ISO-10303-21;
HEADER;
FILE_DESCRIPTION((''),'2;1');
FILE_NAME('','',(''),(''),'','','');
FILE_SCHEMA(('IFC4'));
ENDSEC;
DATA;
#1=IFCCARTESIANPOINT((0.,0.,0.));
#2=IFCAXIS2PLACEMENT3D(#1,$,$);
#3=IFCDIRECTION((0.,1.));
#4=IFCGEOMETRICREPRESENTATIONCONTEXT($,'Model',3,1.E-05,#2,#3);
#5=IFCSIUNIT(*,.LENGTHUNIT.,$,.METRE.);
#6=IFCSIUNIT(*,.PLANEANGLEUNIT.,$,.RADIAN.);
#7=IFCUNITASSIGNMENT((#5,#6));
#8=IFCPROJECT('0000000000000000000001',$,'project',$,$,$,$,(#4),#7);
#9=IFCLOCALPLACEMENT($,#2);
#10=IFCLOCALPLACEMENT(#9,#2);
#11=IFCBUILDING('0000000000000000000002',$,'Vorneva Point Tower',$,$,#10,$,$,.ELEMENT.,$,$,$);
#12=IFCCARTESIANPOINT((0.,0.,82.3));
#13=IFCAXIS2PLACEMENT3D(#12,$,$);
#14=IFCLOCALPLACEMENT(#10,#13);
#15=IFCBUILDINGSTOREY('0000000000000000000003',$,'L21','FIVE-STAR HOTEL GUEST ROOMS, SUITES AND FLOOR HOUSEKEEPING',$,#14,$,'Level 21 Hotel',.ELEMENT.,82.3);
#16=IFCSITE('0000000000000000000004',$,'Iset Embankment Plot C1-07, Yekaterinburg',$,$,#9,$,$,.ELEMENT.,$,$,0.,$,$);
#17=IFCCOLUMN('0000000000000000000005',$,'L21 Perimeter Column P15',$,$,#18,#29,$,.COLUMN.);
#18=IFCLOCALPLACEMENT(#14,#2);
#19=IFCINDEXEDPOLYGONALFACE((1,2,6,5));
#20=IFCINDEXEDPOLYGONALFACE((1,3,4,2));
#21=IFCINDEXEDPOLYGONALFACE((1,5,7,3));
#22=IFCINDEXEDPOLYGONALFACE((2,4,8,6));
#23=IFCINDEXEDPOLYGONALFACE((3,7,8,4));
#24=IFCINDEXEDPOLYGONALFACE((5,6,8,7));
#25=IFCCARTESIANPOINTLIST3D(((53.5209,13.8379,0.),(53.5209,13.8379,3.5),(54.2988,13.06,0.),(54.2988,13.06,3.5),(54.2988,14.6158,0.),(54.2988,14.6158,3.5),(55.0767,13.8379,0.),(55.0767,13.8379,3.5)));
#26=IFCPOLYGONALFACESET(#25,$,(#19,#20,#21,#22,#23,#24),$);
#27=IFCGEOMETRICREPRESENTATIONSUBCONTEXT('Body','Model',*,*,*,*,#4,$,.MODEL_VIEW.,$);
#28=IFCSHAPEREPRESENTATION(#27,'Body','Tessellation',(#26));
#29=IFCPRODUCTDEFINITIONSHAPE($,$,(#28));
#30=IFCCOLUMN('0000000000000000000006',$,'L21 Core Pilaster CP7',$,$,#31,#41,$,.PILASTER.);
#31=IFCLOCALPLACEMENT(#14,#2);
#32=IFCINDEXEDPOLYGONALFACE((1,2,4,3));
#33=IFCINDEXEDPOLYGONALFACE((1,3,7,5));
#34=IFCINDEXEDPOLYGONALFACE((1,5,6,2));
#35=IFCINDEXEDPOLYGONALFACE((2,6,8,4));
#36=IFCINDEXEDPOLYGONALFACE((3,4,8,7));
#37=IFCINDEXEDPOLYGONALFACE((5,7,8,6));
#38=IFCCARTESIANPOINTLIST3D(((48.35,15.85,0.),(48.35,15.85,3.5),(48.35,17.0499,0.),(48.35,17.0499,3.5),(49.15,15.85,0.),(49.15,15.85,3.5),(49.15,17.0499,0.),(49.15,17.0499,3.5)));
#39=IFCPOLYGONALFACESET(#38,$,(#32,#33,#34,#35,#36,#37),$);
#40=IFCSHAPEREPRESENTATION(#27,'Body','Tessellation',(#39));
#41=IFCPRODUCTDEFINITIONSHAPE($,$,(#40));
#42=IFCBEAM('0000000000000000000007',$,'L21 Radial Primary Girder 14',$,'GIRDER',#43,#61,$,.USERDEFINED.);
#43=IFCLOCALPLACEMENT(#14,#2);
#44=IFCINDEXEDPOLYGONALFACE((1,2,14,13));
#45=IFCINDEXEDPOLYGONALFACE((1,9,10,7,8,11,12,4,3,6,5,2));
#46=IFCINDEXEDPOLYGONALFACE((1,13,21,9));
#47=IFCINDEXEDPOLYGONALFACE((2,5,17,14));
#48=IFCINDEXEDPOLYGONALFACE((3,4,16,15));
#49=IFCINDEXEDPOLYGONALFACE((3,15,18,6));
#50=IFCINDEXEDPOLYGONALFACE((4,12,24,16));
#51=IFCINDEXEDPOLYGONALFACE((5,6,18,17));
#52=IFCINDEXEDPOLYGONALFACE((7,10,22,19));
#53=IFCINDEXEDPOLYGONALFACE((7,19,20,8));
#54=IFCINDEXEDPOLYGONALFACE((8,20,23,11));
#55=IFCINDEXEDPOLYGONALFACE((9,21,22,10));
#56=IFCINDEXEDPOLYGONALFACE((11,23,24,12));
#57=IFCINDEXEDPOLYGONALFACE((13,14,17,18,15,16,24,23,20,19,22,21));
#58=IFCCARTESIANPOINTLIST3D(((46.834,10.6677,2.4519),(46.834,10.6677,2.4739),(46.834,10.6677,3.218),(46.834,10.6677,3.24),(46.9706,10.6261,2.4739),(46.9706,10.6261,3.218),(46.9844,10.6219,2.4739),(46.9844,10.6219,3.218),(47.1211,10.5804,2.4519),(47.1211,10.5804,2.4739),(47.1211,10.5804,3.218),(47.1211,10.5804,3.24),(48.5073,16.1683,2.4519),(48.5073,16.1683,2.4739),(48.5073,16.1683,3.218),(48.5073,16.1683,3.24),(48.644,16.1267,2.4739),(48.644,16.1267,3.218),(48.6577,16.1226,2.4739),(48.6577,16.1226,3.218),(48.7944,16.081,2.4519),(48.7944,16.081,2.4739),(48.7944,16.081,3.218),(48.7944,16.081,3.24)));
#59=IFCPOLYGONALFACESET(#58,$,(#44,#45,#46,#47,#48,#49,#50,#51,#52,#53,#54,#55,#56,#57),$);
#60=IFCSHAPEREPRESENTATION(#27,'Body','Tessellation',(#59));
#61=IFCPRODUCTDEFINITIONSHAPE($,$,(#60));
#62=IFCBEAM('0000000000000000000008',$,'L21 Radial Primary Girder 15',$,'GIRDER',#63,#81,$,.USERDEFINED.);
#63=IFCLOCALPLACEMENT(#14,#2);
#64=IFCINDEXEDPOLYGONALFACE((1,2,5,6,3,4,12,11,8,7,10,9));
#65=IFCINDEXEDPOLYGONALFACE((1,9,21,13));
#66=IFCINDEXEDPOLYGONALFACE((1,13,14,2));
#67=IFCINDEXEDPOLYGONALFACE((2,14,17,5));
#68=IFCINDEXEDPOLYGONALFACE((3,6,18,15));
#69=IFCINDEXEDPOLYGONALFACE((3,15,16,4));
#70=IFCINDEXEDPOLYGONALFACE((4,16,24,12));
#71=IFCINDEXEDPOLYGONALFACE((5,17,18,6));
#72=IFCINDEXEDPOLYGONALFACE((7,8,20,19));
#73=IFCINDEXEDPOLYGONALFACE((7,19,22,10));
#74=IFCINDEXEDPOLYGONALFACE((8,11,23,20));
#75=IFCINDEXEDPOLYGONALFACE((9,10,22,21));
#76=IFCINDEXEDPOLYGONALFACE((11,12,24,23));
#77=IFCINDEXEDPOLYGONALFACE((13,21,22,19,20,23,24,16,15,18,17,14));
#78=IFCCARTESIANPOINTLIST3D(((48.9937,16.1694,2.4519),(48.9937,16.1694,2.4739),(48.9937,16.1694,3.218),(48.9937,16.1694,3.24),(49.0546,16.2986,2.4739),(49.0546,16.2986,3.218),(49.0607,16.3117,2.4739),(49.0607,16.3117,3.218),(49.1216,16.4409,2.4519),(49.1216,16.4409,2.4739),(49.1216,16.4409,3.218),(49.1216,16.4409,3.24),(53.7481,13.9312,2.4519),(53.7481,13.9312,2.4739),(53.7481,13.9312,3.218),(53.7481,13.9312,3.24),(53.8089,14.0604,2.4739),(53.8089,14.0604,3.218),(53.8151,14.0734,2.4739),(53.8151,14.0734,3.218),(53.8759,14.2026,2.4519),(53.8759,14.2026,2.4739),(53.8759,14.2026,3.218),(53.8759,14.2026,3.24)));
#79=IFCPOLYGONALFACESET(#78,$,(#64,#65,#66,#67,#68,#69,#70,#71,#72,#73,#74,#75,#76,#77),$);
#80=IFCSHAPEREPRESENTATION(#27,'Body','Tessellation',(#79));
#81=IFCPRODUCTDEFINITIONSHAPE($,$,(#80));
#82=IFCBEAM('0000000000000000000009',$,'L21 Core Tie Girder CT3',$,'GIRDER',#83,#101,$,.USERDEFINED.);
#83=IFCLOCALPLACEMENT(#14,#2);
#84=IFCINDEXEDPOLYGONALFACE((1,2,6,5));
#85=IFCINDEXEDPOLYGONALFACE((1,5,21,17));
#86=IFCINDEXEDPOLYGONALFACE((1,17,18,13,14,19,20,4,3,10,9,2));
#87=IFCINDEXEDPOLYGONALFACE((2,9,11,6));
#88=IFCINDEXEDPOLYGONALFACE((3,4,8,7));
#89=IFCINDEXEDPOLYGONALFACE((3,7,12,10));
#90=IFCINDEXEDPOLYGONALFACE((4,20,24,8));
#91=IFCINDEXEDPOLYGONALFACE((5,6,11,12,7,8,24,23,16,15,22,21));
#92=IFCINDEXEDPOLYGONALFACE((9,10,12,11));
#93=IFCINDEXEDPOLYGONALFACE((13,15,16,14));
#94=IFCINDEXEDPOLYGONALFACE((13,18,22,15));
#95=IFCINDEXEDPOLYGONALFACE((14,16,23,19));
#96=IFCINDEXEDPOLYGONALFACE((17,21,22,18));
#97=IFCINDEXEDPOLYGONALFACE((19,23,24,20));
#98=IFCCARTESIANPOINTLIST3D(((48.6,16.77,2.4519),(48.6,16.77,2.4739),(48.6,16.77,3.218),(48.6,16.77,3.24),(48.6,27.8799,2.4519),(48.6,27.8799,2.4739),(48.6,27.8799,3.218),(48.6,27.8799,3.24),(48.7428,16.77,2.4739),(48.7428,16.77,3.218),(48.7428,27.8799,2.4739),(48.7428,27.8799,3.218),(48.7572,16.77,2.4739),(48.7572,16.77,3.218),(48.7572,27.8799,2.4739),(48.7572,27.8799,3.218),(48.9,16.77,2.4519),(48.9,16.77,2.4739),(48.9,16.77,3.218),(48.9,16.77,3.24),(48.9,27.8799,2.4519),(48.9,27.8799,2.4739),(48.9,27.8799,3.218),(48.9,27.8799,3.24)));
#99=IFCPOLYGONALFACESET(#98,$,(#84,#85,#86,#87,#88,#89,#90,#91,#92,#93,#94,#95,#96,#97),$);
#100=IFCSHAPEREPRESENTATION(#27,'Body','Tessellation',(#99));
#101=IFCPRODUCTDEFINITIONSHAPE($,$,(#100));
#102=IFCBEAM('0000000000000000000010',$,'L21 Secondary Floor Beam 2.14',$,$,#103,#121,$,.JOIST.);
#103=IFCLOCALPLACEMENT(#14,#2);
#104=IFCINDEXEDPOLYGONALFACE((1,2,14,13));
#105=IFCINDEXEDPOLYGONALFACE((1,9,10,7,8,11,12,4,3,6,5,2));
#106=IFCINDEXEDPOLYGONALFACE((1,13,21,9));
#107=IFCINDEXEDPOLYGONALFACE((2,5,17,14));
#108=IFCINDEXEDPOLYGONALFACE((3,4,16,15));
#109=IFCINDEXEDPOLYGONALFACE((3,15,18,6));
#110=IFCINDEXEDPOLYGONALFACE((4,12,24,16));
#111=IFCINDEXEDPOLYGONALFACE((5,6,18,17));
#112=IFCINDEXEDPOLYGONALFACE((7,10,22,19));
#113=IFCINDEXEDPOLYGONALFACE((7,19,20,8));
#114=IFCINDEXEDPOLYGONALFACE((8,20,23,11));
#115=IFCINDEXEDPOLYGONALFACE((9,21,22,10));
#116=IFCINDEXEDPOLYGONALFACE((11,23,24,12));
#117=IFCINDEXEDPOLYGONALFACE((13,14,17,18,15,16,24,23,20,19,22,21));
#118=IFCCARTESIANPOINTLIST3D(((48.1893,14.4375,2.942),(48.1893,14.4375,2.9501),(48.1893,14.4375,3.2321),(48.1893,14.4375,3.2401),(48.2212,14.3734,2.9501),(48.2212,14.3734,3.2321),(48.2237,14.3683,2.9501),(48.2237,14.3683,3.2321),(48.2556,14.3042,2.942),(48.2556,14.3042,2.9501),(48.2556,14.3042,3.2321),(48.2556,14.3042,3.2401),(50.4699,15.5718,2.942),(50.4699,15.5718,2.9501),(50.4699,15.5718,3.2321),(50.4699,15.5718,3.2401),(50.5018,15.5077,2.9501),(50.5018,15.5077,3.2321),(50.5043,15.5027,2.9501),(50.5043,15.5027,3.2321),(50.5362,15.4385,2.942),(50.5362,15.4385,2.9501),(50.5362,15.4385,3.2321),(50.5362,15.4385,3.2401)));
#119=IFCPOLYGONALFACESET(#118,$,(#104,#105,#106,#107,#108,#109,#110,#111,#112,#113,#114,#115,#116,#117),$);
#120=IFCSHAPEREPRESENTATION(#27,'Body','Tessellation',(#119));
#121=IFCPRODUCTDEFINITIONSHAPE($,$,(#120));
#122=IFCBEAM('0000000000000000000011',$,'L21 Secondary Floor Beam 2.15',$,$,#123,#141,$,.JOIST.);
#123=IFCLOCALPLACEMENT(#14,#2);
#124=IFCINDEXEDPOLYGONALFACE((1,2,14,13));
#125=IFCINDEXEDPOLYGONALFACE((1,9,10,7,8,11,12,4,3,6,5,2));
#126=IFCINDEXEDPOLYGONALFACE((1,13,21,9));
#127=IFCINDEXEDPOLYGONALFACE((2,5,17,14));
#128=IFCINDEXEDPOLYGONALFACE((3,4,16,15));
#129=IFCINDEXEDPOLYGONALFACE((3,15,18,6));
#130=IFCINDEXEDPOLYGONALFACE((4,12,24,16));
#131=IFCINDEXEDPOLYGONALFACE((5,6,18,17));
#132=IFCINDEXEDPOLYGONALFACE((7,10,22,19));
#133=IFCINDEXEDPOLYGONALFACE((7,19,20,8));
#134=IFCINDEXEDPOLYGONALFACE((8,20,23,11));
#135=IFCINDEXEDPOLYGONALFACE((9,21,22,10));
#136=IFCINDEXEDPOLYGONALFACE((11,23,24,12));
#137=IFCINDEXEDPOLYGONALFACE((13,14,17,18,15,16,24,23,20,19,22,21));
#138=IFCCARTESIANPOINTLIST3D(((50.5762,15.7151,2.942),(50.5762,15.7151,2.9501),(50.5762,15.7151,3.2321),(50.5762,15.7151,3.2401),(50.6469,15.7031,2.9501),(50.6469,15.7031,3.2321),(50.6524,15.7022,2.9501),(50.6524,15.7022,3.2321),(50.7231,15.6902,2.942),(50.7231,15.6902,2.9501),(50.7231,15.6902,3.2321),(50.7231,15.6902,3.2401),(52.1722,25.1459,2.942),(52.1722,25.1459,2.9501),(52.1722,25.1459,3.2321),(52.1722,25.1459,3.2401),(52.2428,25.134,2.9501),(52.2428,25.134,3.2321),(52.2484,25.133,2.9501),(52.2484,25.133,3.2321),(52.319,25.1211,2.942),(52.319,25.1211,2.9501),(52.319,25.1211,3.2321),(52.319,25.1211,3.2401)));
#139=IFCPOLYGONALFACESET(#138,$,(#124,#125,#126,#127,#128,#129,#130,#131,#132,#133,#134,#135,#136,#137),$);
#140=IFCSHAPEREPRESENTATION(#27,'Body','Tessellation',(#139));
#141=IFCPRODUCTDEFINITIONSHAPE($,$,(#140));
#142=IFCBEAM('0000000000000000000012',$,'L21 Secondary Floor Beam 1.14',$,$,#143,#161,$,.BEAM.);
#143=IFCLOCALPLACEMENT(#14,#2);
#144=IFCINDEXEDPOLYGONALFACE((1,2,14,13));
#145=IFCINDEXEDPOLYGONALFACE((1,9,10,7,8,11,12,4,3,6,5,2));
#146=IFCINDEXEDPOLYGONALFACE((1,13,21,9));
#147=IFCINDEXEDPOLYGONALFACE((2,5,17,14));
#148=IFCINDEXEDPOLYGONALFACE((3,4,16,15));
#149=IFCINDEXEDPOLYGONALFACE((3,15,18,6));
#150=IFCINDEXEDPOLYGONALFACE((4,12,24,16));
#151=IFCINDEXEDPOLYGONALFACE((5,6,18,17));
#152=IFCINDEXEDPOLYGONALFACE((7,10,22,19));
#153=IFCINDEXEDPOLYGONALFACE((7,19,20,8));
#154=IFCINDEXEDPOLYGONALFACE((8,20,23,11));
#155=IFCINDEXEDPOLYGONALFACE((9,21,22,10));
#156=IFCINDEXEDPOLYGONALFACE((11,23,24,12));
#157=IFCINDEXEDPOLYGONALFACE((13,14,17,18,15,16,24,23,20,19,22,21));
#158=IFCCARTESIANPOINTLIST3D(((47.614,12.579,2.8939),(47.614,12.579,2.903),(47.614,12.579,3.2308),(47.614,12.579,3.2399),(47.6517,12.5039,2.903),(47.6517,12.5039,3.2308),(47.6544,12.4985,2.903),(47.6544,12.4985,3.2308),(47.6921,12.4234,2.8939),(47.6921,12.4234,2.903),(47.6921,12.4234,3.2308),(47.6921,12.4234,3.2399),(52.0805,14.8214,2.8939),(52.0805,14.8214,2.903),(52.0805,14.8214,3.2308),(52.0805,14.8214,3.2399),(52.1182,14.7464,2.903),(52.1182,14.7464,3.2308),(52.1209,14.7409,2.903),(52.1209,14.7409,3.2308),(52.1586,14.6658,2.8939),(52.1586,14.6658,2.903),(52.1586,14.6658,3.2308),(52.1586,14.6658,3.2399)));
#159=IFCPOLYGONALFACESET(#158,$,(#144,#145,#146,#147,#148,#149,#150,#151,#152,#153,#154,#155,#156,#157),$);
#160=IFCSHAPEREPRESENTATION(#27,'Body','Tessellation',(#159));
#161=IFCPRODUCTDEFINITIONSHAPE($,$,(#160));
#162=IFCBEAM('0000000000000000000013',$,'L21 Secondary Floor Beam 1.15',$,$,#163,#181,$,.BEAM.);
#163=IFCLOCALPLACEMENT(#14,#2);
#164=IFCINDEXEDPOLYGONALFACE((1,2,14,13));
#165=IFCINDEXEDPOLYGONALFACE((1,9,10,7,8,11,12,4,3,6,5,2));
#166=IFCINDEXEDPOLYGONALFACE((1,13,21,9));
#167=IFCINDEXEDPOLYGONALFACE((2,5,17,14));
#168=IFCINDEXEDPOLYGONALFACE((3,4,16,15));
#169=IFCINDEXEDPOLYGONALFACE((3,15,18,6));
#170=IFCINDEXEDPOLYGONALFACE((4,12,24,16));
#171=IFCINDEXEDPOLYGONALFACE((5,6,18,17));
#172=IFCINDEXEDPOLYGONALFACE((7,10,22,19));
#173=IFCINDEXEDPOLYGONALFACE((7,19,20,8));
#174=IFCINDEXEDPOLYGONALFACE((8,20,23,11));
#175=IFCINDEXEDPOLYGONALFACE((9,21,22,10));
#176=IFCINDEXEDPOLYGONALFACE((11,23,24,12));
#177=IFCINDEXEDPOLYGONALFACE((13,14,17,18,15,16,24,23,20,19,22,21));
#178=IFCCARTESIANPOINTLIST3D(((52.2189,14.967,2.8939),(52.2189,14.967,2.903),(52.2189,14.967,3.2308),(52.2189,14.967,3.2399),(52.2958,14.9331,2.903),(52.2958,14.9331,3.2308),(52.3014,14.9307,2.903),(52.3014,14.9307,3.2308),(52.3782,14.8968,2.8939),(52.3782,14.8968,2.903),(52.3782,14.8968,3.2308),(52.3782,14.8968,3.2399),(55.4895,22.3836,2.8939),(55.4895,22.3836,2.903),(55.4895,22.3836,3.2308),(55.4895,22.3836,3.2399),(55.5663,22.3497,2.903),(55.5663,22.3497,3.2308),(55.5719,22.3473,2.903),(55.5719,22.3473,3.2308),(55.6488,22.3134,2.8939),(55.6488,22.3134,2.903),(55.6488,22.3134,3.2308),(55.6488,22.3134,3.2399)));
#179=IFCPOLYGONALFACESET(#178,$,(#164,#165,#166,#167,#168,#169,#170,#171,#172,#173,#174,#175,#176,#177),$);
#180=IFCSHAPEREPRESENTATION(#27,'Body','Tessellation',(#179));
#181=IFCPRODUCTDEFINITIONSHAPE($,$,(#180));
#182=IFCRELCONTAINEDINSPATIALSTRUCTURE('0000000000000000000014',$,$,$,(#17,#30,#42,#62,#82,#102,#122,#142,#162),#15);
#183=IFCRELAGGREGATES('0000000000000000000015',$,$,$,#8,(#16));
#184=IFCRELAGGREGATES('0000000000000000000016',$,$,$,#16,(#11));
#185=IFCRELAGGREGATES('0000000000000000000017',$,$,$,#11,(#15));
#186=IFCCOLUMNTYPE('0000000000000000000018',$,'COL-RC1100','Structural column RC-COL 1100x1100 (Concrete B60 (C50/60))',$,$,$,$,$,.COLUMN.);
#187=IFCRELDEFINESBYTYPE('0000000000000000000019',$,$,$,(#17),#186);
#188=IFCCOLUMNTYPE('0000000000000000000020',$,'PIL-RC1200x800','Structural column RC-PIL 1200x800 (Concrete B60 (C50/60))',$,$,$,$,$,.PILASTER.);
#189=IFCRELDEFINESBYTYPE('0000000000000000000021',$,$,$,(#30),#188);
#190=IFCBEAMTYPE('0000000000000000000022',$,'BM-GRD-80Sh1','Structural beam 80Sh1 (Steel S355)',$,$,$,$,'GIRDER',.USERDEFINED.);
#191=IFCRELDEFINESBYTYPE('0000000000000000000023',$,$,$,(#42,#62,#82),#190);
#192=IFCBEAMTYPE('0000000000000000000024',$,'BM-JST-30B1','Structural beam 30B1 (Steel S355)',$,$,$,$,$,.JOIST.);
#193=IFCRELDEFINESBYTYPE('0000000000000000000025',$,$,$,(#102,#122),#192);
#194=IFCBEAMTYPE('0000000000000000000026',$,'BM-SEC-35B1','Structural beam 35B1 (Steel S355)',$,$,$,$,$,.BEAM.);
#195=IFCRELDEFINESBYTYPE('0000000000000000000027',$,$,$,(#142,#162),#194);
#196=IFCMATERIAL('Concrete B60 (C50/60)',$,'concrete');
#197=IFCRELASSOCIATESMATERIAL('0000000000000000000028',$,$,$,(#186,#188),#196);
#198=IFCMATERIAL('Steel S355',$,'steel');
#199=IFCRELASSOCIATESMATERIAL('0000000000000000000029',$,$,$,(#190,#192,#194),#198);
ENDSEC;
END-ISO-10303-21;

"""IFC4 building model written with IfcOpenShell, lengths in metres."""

from ifc_helpers import new_model, si_unit, direction, frame, origin, origin_2d, place, context, subcontext, project, spatial, rectangle, i_section, extrude, material, material_profile, profile_set, type_object, element, save


model = new_model("IFC4")

# Units and contexts
model_context = context("Model", 3, precision=1e-05, world=origin(), true_north=direction((0.0, 1.0)))
body_context = subcontext(model_context, "Body", "Model", "MODEL_VIEW")
ifc_project = project(units=[si_unit("LENGTHUNIT", "METRE"), si_unit("PLANEANGLEUNIT", "RADIAN")], contexts=[model_context])

# Site, building, storey
site_placement = place(None, origin())
site = spatial("IfcSite", under=ifc_project, at=site_placement, Name="Iset Embankment Plot C1-07, Yekaterinburg", CompositionType="ELEMENT", RefElevation=0.0)
building_placement = place(site_placement, origin())
building = spatial("IfcBuilding", under=site, at=building_placement, Name="Vorneva Point Tower", CompositionType="ELEMENT")
storey_placement = place(building_placement, frame((0.0, 0.0, 82.3)))
storey = spatial("IfcBuildingStorey", under=building, at=storey_placement, Name="L21", Description="FIVE-STAR HOTEL GUEST ROOMS, SUITES AND FLOOR HOUSEKEEPING", LongName="Level 21 Hotel", CompositionType="ELEMENT", Elevation=82.3)

# Columns
ifc_material_1 = material(Name="Concrete B60 (C50/60)", Category="concrete")
ifc_material_profile_1 = material_profile(ifc_material_1, rectangle(XDim=1.1001, YDim=1.1001, at=origin_2d()), Name="RC-COL 1100x1100")
ifc_profile_set_1 = profile_set([ifc_material_profile_1], Name="Concrete B60 (C50/60)")
column_type_1 = type_object("IfcColumnType", Name="COL-RC1100", Description="Structural column RC-COL 1100x1100 (Concrete B60 (C50/60))", PredefinedType="COLUMN", material=ifc_profile_set_1)
column_1_placement = place(storey_placement, frame((54.2988, 13.8379, 0.0), z_axis=(0.0, 0.0, 1.0), x_axis=(0.707107, -0.707107, 0.0)))
element("IfcColumn", 1, at=column_1_placement, inside=storey, type_object=column_type_1, Name="L21 Perimeter Column P15", PredefinedType="COLUMN", context=body_context, shape_type="SweptSolid", body=[
    extrude(rectangle(XDim=1.1001, YDim=1.1001, at=origin_2d()), origin(), (0.0, 0.0, 1.0), 3.5),
])
ifc_material_profile_2 = material_profile(ifc_material_1, rectangle(XDim=0.8, YDim=1.2, at=origin_2d()), Name="RC-PIL 1200x800")
ifc_profile_set_2 = profile_set([ifc_material_profile_2], Name="Concrete B60 (C50/60)")
column_type_2 = type_object("IfcColumnType", Name="PIL-RC1200x800", Description="Structural column RC-PIL 1200x800 (Concrete B60 (C50/60))", PredefinedType="PILASTER", material=ifc_profile_set_2)
column_2_placement = place(storey_placement, frame((48.75, 16.45, 0.0), z_axis=(0.0, 0.0, 1.0), x_axis=(1.0, 0.0, 0.0)))
element("IfcColumn", 2, at=column_2_placement, inside=storey, type_object=column_type_2, Name="L21 Core Pilaster CP7", PredefinedType="PILASTER", context=body_context, shape_type="SweptSolid", body=[
    extrude(rectangle(XDim=0.8, YDim=1.2, at=origin_2d()), origin(), (0.0, 0.0, 1.0), 3.5),
])

# Beams
ifc_material_2 = material(Name="Steel S355", Category="steel")
ifc_material_profile_3 = material_profile(ifc_material_2, i_section(OverallWidth=0.3, OverallDepth=0.7881, WebThickness=0.0144, FlangeThickness=0.022, at=origin_2d()), Name="80Sh1")
ifc_profile_set_3 = profile_set([ifc_material_profile_3], Name="Steel S355")
beam_type_1 = type_object("IfcBeamType", Name="BM-GRD-80Sh1", Description="Structural beam 80Sh1 (Steel S355)", ElementType="GIRDER", PredefinedType="USERDEFINED", material=ifc_profile_set_3)
beam_1_placement = place(storey_placement, frame((46.9775, 10.624, 2.8459), z_axis=(0.291035, 0.956712, 0.0), x_axis=(-0.956712, 0.291035, 0.0)))
element("IfcBeam", 3, at=beam_1_placement, inside=storey, type_object=beam_type_1, Name="L21 Radial Primary Girder 14", ObjectType="GIRDER", PredefinedType="USERDEFINED", context=body_context, shape_type="SweptSolid", body=[
    extrude(i_section(OverallWidth=0.3, OverallDepth=0.7881, WebThickness=0.0144, FlangeThickness=0.022, at=origin_2d()), origin(), (0.0, 0.0, 1.0), 5.7495),
])
beam_2_placement = place(storey_placement, frame((53.812, 14.0669, 2.8459), z_axis=(-0.904751, 0.42594, 0.0), x_axis=(-0.42594, -0.904751, 0.0)))
element("IfcBeam", 4, at=beam_2_placement, inside=storey, type_object=beam_type_1, Name="L21 Radial Primary Girder 15", ObjectType="GIRDER", PredefinedType="USERDEFINED", context=body_context, shape_type="SweptSolid", body=[
    extrude(i_section(OverallWidth=0.3, OverallDepth=0.7881, WebThickness=0.0144, FlangeThickness=0.022, at=origin_2d()), origin(), (0.0, 0.0, 1.0), 5.2549),
])
beam_3_placement = place(storey_placement, frame((48.75, 16.77, 2.8459), z_axis=(0.0, 1.0, 0.0), x_axis=(-1.0, 0.0, 0.0)))
element("IfcBeam", 5, at=beam_3_placement, inside=storey, type_object=beam_type_1, Name="L21 Core Tie Girder CT3", ObjectType="GIRDER", PredefinedType="USERDEFINED", context=body_context, shape_type="SweptSolid", body=[
    extrude(i_section(OverallWidth=0.3, OverallDepth=0.7881, WebThickness=0.0144, FlangeThickness=0.022, at=origin_2d()), origin(), (0.0, 0.0, 1.0), 11.1099),
])
ifc_material_profile_4 = material_profile(ifc_material_2, i_section(OverallWidth=0.1489, OverallDepth=0.2981, WebThickness=0.0056, FlangeThickness=0.0081, at=origin_2d()), Name="30B1")
ifc_profile_set_4 = profile_set([ifc_material_profile_4], Name="Steel S355")
beam_type_2 = type_object("IfcBeamType", Name="BM-JST-30B1", Description="Structural beam 30B1 (Steel S355)", PredefinedType="JOIST", material=ifc_profile_set_4)
beam_4_placement = place(storey_placement, frame((48.2224, 14.3708, 3.0911), z_axis=(0.895365, 0.445334, 0.0), x_axis=(-0.445334, 0.895365, 0.0)))
element("IfcBeam", 6, at=beam_4_placement, inside=storey, type_object=beam_type_2, Name="L21 Secondary Floor Beam 2.14", PredefinedType="JOIST", context=body_context, shape_type="SweptSolid", body=[
    extrude(i_section(OverallWidth=0.1489, OverallDepth=0.2981, WebThickness=0.0056, FlangeThickness=0.0081, at=origin_2d()), origin(), (0.0, 0.0, 1.0), 2.5471),
])
beam_5_placement = place(storey_placement, frame((50.6497, 15.7026, 3.0911), z_axis=(0.166853, 0.985982, 0.0), x_axis=(-0.985982, 0.166853, 0.0)))
element("IfcBeam", 7, at=beam_5_placement, inside=storey, type_object=beam_type_2, Name="L21 Secondary Floor Beam 2.15", PredefinedType="JOIST", context=body_context, shape_type="SweptSolid", body=[
    extrude(i_section(OverallWidth=0.1489, OverallDepth=0.2981, WebThickness=0.0056, FlangeThickness=0.0081, at=origin_2d()), origin(), (0.0, 0.0, 1.0), 9.5649),
])
ifc_material_profile_5 = material_profile(ifc_material_2, i_section(OverallWidth=0.1741, OverallDepth=0.3459, WebThickness=0.0061, FlangeThickness=0.009, at=origin_2d()), Name="35B1")
ifc_profile_set_5 = profile_set([ifc_material_profile_5], Name="Steel S355")
beam_type_3 = type_object("IfcBeamType", Name="BM-SEC-35B1", Description="Structural beam 35B1 (Steel S355)", PredefinedType="BEAM", material=ifc_profile_set_5)
beam_6_placement = place(storey_placement, frame((47.6531, 12.5012, 3.0669), z_axis=(0.893693, 0.448678, 0.0), x_axis=(-0.448678, 0.893693, 0.0)))
element("IfcBeam", 8, at=beam_6_placement, inside=storey, type_object=beam_type_3, Name="L21 Secondary Floor Beam 1.14", PredefinedType="BEAM", context=body_context, shape_type="SweptSolid", body=[
    extrude(i_section(OverallWidth=0.1741, OverallDepth=0.3459, WebThickness=0.0061, FlangeThickness=0.009, at=origin_2d()), origin(), (0.0, 0.0, 1.0), 4.9978),
])
beam_7_placement = place(storey_placement, frame((52.2986, 14.9319, 3.0669), z_axis=(0.403487, 0.914985, 0.0), x_axis=(-0.914985, 0.403487, 0.0)))
element("IfcBeam", 9, at=beam_7_placement, inside=storey, type_object=beam_type_3, Name="L21 Secondary Floor Beam 1.15", PredefinedType="BEAM", context=body_context, shape_type="SweptSolid", body=[
    extrude(i_section(OverallWidth=0.1741, OverallDepth=0.3459, WebThickness=0.0061, FlangeThickness=0.009, at=origin_2d()), origin(), (0.0, 0.0, 1.0), 8.1057),
])

save(model, "model.ifc")
